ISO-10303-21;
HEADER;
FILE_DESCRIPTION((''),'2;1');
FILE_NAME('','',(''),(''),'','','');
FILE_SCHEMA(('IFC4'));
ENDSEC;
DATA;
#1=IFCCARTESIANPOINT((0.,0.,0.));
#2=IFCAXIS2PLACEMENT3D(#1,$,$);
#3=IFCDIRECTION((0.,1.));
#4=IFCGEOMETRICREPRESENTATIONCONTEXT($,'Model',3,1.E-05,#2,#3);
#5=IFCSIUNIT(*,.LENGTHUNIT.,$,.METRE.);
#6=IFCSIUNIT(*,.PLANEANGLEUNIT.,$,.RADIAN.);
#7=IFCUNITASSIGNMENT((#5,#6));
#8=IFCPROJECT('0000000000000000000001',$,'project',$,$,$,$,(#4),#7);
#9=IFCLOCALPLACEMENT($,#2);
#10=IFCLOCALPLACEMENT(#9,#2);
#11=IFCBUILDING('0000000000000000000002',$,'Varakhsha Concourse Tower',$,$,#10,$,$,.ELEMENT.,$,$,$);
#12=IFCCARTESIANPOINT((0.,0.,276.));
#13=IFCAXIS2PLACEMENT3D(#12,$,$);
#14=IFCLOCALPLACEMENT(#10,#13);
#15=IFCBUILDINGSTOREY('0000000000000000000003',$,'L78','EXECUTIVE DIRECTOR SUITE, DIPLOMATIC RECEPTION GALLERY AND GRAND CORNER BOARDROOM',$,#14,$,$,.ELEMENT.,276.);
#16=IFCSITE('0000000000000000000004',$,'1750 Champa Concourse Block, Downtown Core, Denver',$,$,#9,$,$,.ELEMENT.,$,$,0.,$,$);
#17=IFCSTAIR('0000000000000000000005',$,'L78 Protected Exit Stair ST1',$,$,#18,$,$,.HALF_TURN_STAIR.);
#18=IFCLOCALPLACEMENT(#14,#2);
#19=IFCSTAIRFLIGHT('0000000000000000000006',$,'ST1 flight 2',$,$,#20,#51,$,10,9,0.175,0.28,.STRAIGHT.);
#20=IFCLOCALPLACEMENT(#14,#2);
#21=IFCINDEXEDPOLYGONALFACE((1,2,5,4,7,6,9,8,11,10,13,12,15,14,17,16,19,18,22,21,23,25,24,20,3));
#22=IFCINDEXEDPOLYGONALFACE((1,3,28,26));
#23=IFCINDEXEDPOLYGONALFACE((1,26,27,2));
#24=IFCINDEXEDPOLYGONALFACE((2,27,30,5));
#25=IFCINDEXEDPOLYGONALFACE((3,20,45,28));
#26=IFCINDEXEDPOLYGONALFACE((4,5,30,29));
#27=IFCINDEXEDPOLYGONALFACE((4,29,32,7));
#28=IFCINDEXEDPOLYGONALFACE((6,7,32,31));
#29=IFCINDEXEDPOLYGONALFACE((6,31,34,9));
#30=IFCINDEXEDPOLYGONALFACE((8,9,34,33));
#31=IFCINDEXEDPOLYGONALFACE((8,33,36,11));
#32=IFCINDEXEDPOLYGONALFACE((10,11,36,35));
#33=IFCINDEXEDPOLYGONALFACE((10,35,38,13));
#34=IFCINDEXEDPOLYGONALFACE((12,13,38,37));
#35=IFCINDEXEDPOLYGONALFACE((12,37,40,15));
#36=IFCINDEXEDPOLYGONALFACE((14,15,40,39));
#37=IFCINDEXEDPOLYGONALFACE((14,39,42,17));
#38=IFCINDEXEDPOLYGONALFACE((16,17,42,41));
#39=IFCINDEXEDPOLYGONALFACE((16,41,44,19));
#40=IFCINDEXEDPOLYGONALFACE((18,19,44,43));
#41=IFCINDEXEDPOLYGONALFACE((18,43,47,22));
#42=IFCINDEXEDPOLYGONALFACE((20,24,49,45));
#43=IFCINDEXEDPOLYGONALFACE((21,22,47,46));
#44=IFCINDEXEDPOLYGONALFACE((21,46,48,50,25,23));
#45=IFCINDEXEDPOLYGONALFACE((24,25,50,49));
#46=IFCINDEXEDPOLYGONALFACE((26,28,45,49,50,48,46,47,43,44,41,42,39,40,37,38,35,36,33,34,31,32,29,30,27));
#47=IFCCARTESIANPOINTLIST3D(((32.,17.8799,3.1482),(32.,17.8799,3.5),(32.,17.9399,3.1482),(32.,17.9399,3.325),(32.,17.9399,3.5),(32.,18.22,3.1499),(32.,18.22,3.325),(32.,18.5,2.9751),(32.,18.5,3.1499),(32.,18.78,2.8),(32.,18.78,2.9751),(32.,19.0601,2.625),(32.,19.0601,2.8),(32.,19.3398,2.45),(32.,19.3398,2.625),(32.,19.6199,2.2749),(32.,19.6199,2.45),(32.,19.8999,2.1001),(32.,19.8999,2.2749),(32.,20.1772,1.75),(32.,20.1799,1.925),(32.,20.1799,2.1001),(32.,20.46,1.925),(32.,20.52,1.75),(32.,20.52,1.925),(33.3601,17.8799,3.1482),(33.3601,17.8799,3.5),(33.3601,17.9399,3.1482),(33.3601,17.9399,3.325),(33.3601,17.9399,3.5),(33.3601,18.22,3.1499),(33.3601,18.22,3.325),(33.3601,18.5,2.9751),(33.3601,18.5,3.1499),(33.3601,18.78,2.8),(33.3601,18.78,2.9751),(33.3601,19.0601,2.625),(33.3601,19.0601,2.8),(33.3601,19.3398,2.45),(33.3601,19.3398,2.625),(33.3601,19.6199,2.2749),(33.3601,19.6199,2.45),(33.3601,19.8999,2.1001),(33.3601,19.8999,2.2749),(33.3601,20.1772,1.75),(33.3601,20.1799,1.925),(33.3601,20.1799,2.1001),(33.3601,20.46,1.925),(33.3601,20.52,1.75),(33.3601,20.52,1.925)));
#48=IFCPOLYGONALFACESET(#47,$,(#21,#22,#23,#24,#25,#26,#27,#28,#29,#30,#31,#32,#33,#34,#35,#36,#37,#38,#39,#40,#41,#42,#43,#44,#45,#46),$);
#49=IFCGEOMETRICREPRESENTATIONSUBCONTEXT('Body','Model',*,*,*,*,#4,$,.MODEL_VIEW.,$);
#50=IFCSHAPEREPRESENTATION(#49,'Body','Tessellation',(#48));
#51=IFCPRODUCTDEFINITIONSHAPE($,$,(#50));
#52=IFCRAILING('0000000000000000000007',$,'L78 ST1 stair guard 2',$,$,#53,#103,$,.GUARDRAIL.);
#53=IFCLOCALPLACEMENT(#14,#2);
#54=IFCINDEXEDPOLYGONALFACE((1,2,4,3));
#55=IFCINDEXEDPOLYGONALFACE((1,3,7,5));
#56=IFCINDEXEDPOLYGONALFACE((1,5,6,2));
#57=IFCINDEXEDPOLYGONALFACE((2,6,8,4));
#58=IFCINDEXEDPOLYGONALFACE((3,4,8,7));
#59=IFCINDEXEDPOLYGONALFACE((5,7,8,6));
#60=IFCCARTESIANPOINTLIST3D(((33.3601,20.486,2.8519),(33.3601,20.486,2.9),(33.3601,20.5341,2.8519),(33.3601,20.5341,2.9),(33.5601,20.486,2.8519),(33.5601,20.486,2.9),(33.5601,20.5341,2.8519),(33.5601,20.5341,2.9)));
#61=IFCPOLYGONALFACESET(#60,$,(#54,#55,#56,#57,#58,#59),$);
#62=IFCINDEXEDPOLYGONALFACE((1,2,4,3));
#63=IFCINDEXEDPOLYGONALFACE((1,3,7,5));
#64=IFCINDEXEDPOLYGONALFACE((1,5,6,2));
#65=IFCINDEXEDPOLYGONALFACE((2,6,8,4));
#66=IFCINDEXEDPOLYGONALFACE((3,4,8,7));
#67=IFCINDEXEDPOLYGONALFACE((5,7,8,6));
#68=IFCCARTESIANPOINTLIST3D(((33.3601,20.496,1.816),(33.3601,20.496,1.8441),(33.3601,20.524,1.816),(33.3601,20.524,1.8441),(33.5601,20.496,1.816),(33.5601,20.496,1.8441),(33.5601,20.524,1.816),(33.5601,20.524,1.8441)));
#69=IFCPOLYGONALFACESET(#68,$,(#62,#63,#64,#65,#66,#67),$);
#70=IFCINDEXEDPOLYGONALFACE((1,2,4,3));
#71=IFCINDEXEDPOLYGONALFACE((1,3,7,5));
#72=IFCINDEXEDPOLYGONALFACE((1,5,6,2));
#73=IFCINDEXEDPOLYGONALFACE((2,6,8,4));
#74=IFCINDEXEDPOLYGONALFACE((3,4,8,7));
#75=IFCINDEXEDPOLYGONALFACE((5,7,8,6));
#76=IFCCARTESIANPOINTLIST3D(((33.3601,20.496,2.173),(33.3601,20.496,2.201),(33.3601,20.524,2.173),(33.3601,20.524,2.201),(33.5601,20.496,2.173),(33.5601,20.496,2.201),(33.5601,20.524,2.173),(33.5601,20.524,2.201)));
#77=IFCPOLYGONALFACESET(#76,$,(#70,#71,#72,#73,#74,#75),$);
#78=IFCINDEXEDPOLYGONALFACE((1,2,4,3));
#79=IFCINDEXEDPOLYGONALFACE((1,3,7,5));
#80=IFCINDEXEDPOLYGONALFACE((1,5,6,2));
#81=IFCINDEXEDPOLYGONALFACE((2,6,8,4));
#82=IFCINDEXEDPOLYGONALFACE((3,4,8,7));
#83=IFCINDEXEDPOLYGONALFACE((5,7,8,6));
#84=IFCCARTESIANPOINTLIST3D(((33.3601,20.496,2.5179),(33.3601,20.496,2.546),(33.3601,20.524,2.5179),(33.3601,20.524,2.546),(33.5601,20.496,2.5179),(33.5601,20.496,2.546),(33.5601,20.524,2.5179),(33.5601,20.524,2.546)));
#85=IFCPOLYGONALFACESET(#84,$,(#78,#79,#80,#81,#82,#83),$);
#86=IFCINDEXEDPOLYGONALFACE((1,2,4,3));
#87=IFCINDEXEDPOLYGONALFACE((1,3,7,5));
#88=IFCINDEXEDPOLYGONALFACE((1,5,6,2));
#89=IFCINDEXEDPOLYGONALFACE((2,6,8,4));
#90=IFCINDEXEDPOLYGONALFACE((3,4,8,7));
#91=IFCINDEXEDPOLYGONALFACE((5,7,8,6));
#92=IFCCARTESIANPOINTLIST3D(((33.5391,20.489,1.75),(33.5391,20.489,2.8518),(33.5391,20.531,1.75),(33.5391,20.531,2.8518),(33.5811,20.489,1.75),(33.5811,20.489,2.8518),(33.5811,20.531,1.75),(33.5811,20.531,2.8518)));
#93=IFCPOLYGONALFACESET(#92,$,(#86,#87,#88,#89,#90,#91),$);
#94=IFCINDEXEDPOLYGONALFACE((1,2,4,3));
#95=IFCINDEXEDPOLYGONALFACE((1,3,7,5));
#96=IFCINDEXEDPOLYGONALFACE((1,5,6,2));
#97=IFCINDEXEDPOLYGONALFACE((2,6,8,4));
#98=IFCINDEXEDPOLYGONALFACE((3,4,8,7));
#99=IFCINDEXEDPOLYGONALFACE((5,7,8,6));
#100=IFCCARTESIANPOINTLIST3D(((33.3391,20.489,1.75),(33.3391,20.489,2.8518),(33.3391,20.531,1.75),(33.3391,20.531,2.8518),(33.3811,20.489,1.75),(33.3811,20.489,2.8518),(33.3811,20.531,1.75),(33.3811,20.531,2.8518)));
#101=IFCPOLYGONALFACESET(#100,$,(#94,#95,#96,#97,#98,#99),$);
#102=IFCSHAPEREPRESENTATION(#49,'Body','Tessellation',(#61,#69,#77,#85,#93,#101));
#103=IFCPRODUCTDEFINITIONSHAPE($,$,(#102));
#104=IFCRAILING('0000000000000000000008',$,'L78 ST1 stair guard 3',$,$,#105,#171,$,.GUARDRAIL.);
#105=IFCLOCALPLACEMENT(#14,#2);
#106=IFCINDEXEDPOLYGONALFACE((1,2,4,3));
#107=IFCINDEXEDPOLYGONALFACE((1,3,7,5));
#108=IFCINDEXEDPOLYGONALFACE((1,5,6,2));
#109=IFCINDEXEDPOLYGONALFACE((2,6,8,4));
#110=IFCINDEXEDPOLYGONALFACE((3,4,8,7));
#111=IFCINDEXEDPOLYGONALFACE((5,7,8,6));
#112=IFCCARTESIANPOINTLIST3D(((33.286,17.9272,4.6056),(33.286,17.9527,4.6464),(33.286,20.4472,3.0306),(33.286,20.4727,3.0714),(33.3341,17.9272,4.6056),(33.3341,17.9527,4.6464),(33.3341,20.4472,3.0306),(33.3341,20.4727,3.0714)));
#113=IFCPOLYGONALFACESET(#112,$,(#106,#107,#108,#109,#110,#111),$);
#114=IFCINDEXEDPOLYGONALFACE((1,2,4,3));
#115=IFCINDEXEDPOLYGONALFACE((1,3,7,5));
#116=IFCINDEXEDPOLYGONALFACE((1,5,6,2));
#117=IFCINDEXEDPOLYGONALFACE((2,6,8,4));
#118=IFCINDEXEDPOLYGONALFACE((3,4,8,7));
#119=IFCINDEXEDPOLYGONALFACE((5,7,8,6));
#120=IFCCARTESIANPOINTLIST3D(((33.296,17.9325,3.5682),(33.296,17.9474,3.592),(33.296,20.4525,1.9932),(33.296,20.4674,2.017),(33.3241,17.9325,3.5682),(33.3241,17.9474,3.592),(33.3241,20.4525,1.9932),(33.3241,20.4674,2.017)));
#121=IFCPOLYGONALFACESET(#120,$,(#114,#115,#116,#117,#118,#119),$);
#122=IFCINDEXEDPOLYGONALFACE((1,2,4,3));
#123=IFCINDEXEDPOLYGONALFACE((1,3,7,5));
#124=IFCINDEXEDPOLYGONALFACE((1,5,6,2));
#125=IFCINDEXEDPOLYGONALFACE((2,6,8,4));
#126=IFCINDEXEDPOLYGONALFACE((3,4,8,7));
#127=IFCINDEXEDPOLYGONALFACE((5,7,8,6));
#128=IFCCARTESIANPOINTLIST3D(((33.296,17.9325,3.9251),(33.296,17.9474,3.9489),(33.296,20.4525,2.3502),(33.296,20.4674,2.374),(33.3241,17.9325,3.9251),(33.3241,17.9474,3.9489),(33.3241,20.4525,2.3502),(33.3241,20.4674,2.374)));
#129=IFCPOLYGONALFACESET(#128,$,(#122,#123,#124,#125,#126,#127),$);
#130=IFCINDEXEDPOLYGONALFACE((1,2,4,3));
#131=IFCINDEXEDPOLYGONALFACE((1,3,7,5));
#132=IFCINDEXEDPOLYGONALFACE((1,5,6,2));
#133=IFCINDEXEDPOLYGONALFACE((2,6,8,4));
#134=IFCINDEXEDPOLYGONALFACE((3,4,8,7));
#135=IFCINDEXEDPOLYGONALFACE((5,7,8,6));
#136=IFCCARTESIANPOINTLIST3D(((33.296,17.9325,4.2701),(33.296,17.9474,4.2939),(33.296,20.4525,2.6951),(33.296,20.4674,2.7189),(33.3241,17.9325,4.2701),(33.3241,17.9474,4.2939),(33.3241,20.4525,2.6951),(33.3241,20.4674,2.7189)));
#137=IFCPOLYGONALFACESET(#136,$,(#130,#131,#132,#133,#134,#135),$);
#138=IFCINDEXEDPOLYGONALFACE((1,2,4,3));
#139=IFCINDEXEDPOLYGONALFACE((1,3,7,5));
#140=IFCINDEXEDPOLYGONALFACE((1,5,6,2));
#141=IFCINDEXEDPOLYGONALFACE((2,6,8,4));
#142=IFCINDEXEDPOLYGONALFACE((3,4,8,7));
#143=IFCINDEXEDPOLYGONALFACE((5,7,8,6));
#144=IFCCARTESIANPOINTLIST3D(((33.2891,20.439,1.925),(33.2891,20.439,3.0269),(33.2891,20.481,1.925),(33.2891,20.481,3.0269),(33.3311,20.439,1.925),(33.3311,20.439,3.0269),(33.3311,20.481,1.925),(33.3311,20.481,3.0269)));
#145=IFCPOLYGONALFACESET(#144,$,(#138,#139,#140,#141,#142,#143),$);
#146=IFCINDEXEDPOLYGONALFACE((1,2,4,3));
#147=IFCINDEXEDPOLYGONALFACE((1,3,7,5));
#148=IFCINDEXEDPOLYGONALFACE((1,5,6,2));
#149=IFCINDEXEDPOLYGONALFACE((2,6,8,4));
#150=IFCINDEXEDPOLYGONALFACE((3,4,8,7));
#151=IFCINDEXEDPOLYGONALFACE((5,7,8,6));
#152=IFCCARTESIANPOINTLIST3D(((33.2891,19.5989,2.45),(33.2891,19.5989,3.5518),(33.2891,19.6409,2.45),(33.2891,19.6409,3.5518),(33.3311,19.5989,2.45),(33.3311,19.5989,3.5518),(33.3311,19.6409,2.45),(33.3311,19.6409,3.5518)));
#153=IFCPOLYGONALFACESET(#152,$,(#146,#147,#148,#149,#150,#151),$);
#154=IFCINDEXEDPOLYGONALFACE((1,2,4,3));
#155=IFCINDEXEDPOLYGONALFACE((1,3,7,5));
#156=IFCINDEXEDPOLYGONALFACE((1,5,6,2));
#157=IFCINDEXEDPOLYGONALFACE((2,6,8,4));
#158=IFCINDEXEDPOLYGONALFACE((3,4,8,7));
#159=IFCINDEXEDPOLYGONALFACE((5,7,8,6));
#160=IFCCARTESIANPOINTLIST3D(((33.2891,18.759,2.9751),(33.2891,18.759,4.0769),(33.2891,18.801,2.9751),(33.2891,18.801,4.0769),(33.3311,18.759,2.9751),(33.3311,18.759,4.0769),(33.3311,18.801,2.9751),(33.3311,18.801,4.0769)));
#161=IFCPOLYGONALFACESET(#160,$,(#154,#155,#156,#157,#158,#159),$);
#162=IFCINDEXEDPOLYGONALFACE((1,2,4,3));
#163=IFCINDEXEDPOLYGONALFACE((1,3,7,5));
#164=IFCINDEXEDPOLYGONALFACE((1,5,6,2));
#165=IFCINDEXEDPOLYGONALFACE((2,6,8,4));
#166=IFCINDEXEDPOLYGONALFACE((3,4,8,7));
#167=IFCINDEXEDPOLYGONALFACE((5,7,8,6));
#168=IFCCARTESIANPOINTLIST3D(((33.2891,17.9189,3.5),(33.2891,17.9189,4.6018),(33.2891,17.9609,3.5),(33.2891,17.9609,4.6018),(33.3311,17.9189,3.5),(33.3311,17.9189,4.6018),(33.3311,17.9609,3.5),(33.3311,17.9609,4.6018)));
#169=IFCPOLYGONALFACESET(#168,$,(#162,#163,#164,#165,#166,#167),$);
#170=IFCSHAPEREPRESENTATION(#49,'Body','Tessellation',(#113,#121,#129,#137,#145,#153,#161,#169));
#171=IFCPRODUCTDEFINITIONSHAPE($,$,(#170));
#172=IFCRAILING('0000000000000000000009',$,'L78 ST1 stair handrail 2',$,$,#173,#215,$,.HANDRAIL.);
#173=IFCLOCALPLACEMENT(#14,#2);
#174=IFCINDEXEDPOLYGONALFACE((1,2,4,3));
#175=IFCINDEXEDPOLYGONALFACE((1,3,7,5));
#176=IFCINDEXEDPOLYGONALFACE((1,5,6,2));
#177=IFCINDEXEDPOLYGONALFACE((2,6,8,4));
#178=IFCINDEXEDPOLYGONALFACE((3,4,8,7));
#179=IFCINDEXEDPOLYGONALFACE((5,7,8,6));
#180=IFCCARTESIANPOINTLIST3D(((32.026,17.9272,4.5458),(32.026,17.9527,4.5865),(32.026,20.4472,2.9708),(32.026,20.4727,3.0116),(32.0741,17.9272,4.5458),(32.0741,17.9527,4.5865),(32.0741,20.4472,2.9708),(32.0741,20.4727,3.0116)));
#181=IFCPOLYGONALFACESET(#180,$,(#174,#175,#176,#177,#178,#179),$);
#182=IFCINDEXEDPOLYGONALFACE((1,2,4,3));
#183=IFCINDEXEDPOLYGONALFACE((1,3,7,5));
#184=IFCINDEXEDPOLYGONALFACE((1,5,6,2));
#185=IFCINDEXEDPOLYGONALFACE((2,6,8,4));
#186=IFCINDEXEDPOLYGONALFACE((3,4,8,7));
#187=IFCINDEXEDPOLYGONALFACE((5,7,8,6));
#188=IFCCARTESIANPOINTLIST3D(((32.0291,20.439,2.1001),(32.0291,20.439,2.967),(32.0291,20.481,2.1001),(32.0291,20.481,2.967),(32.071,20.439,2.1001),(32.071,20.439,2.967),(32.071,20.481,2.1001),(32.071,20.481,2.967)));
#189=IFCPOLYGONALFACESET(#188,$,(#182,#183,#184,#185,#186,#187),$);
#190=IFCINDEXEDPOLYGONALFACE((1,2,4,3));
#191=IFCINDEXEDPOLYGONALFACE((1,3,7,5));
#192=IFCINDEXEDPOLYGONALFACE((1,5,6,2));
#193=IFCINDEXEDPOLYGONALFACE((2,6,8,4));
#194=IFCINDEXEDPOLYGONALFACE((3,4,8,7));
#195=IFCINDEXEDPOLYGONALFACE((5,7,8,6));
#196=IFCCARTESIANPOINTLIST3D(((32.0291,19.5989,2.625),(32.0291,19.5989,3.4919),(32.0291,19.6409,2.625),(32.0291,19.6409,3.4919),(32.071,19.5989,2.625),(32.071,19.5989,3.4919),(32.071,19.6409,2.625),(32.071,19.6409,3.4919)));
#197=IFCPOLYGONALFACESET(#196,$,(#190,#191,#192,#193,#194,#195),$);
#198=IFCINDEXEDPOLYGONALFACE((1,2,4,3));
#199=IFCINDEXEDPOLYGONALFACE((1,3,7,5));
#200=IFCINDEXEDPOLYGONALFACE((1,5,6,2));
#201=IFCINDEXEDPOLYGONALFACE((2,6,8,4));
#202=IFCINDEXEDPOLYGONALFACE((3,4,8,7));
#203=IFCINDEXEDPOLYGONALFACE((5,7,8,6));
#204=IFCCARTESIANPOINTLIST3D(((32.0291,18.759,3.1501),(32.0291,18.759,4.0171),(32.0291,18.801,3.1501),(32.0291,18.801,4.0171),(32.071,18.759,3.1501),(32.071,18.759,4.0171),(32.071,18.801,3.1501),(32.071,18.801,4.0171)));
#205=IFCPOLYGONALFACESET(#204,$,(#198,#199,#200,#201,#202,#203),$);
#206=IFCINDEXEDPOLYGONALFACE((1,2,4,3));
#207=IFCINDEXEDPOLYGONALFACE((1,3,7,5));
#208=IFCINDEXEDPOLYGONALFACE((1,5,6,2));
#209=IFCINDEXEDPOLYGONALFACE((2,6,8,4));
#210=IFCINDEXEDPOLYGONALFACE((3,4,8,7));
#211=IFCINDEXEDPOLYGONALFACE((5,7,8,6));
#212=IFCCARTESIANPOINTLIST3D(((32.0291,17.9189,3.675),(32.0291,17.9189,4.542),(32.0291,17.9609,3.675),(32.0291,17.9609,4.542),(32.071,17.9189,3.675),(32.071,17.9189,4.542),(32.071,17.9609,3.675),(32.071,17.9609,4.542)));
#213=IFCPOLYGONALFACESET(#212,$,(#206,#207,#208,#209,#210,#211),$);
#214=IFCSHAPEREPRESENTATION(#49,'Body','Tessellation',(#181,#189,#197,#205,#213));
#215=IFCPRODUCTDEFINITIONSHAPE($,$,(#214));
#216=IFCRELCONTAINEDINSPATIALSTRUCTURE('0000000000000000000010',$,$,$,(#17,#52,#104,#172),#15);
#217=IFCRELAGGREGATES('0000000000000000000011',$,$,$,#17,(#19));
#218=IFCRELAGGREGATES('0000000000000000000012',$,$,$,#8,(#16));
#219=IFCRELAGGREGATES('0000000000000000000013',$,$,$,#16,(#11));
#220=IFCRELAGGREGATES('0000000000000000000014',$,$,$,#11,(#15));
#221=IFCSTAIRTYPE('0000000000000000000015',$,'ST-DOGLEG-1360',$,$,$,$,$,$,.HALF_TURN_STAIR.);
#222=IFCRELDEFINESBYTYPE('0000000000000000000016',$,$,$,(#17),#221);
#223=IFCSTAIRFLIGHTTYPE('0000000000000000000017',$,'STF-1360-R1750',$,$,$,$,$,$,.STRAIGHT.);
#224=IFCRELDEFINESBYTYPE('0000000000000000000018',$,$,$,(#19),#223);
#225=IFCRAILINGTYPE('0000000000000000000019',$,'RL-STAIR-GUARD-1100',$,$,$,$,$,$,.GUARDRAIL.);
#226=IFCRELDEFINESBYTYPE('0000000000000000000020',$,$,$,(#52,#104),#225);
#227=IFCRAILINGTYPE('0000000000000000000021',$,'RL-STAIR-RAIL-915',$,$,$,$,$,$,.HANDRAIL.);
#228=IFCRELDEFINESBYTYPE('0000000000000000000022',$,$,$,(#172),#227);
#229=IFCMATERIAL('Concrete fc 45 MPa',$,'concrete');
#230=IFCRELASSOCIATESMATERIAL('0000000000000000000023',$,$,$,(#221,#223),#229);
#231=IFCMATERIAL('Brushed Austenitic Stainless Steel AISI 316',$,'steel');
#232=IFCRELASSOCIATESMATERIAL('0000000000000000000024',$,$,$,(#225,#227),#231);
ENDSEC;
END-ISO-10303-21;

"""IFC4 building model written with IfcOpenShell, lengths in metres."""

from ifc_helpers import new_model, si_unit, direction, frame, origin, origin_2d, place, context, subcontext, project, spatial, polyline, rectangle, outline, extrude, material, type_object, element, aggregate, save


model = new_model("IFC4")

# Units and contexts
model_context = context("Model", 3, precision=1e-05, world=origin(), true_north=direction((0.0, 1.0)))
body_context = subcontext(model_context, "Body", "Model", "MODEL_VIEW")
ifc_project = project(units=[si_unit("LENGTHUNIT", "METRE"), si_unit("PLANEANGLEUNIT", "RADIAN")], contexts=[model_context])

# Site, building, storey
site_placement = place(None, origin())
site = spatial("IfcSite", under=ifc_project, at=site_placement, Name="1750 Champa Concourse Block, Downtown Core, Denver", CompositionType="ELEMENT", RefElevation=0.0)
building_placement = place(site_placement, origin())
building = spatial("IfcBuilding", under=site, at=building_placement, Name="Varakhsha Concourse Tower", CompositionType="ELEMENT")
storey_placement = place(building_placement, frame((0.0, 0.0, 276.0)))
storey = spatial("IfcBuildingStorey", under=building, at=storey_placement, Name="L78", Description="EXECUTIVE DIRECTOR SUITE, DIPLOMATIC RECEPTION GALLERY AND GRAND CORNER BOARDROOM", CompositionType="ELEMENT", Elevation=276.0)

# Shared definitions
ifc_material_1 = material(Name="Brushed Austenitic Stainless Steel AISI 316", Category="steel")

# Shared definitions
ifc_material_2 = material(Name="Concrete fc 45 MPa", Category="concrete")

# Stair, stair flight
stair_type = type_object("IfcStairType", Name="ST-DOGLEG-1360", PredefinedType="HALF_TURN_STAIR", material=ifc_material_2)
stair_placement = place(storey_placement, origin())
stair = element("IfcStair", 1, at=stair_placement, inside=storey, type_object=stair_type, Name="L78 Protected Exit Stair ST1", PredefinedType="HALF_TURN_STAIR")
stair_flight_type = type_object("IfcStairFlightType", Name="STF-1360-R1750", PredefinedType="STRAIGHT", material=ifc_material_2)
stair_flight_placement = place(storey_placement, frame((32.6799, 20.46, 1.75), z_axis=(0.0, 0.0, 1.0), x_axis=(0.0, -1.0, 0.0)))
stair_flight = element("IfcStairFlight", 2, at=stair_flight_placement, type_object=stair_flight_type, Name="ST1 flight 2", NumberOfRisers=10, NumberOfTreads=9, PredefinedType="STRAIGHT", RiserHeight=0.175, TreadLength=0.28, context=body_context, shape_type="SweptSolid", body=[
    extrude(outline(polyline([(-0.0601, 0.0), (-0.0601, 0.175), (0.0, 0.175), (0.28, 0.175), (0.28, 0.3501), (0.5601, 0.3501), (0.5601, 0.5249), (0.8401, 0.5249), (0.8401, 0.7), (1.1201, 0.7), (1.1201, 0.875), (1.3999, 0.875), (1.3999, 1.05), (1.6799, 1.05), (1.6799, 1.2251), (1.96, 1.2251), (1.96, 1.3999), (2.24, 1.3999), (2.24, 1.575), (2.52, 1.575), (2.52, 1.75), (2.5801, 1.75), (2.5801, 1.3982), (2.52, 1.3982), (0.2827, 0.0), (-0.0601, 0.0)])), frame((0.0, 0.6802, 0.0), z_axis=(0.0, -1.0, 0.0), x_axis=(1.0, 0.0, 0.0)), (0.0, 0.0, 1.0), 1.3601),
])
aggregate(stair, [stair_flight])

# Railings
railing_type_1 = type_object("IfcRailingType", Name="RL-STAIR-GUARD-1100", PredefinedType="GUARDRAIL", material=ifc_material_1)
railing_1_placement = place(storey_placement, frame((33.5601, 20.51, 1.75)))
element("IfcRailing", 3, at=railing_1_placement, inside=storey, type_object=railing_type_1, Name="L78 ST1 stair guard 2", PredefinedType="GUARDRAIL", context=body_context, shape_type="SweptSolid", body=[
    extrude(rectangle(XDim=0.0481, YDim=0.0481, at=origin_2d()), frame((0.0, 0.0, 1.126), z_axis=(-1.0, 0.0, 0.0), x_axis=(0.0, -1.0, 0.0)), (0.0, 0.0, 1.0), 0.2),
    extrude(rectangle(XDim=0.0281, YDim=0.0281, at=origin_2d()), frame((0.0, 0.0, 0.0801), z_axis=(-1.0, 0.0, 0.0), x_axis=(0.0, -1.0, 0.0)), (0.0, 0.0, 1.0), 0.2),
    extrude(rectangle(XDim=0.0281, YDim=0.0281, at=origin_2d()), frame((0.0, 0.0, 0.437), z_axis=(-1.0, 0.0, 0.0), x_axis=(0.0, -1.0, 0.0)), (0.0, 0.0, 1.0), 0.2),
    extrude(rectangle(XDim=0.0281, YDim=0.0281, at=origin_2d()), frame((0.0, 0.0, 0.782), z_axis=(-1.0, 0.0, 0.0), x_axis=(0.0, -1.0, 0.0)), (0.0, 0.0, 1.0), 0.2),
    extrude(rectangle(XDim=0.042, YDim=0.042, at=origin_2d()), origin(), (0.0, 0.0, 1.0), 1.1018),
    extrude(rectangle(XDim=0.042, YDim=0.042, at=origin_2d()), frame((-0.2, 0.0, 0.0)), (0.0, 0.0, 1.0), 1.1018),
])
railing_2_placement = place(storey_placement, frame((33.3101, 20.46, 1.925)))
element("IfcRailing", 4, at=railing_2_placement, inside=storey, type_object=railing_type_1, Name="L78 ST1 stair guard 3", PredefinedType="GUARDRAIL", context=body_context, shape_type="SweptSolid", body=[
    extrude(rectangle(XDim=0.0481, YDim=0.0481, at=origin_2d()), frame((0.0, 0.0, 1.126), z_axis=(0.0, -0.848008, 0.529984), x_axis=(1.0, 0.0, 0.0)), (0.0, 0.0, 1.0), 2.9717),
    extrude(rectangle(XDim=0.0281, YDim=0.0281, at=origin_2d()), frame((0.0, 0.0, 0.0801), z_axis=(0.0, -0.848008, 0.529984), x_axis=(1.0, 0.0, 0.0)), (0.0, 0.0, 1.0), 2.9717),
    extrude(rectangle(XDim=0.0281, YDim=0.0281, at=origin_2d()), frame((0.0, 0.0, 0.437), z_axis=(0.0, -0.848008, 0.529984), x_axis=(1.0, 0.0, 0.0)), (0.0, 0.0, 1.0), 2.9717),
    extrude(rectangle(XDim=0.0281, YDim=0.0281, at=origin_2d()), frame((0.0, 0.0, 0.782), z_axis=(0.0, -0.848008, 0.529984), x_axis=(1.0, 0.0, 0.0)), (0.0, 0.0, 1.0), 2.9717),
    extrude(rectangle(XDim=0.042, YDim=0.042, at=origin_2d()), origin(), (0.0, 0.0, 1.0), 1.1018),
    extrude(rectangle(XDim=0.042, YDim=0.042, at=origin_2d()), frame((0.0, -0.8401, 0.5249)), (0.0, 0.0, 1.0), 1.1018),
    extrude(rectangle(XDim=0.042, YDim=0.042, at=origin_2d()), frame((0.0, -1.6799, 1.05)), (0.0, 0.0, 1.0), 1.1018),
    extrude(rectangle(XDim=0.042, YDim=0.042, at=origin_2d()), frame((0.0, -2.52, 1.575)), (0.0, 0.0, 1.0), 1.1018),
])
railing_type_2 = type_object("IfcRailingType", Name="RL-STAIR-RAIL-915", PredefinedType="HANDRAIL", material=ifc_material_1)
railing_3_placement = place(storey_placement, frame((32.05, 20.46, 2.1001)))
element("IfcRailing", 5, at=railing_3_placement, inside=storey, type_object=railing_type_2, Name="L78 ST1 stair handrail 2", PredefinedType="HANDRAIL", context=body_context, shape_type="SweptSolid", body=[
    extrude(rectangle(XDim=0.0481, YDim=0.0481, at=origin_2d()), frame((0.0, 0.0, 0.8911), z_axis=(0.0, -0.848008, 0.529984), x_axis=(1.0, 0.0, 0.0)), (0.0, 0.0, 1.0), 2.9717),
    extrude(rectangle(XDim=0.042, YDim=0.042, at=origin_2d()), origin(), (0.0, 0.0, 1.0), 0.8669),
    extrude(rectangle(XDim=0.042, YDim=0.042, at=origin_2d()), frame((0.0, -0.8401, 0.5249)), (0.0, 0.0, 1.0), 0.8669),
    extrude(rectangle(XDim=0.042, YDim=0.042, at=origin_2d()), frame((0.0, -1.6799, 1.05)), (0.0, 0.0, 1.0), 0.8669),
    extrude(rectangle(XDim=0.042, YDim=0.042, at=origin_2d()), frame((0.0, -2.52, 1.575)), (0.0, 0.0, 1.0), 0.8669),
])

save(model, "model.ifc")
